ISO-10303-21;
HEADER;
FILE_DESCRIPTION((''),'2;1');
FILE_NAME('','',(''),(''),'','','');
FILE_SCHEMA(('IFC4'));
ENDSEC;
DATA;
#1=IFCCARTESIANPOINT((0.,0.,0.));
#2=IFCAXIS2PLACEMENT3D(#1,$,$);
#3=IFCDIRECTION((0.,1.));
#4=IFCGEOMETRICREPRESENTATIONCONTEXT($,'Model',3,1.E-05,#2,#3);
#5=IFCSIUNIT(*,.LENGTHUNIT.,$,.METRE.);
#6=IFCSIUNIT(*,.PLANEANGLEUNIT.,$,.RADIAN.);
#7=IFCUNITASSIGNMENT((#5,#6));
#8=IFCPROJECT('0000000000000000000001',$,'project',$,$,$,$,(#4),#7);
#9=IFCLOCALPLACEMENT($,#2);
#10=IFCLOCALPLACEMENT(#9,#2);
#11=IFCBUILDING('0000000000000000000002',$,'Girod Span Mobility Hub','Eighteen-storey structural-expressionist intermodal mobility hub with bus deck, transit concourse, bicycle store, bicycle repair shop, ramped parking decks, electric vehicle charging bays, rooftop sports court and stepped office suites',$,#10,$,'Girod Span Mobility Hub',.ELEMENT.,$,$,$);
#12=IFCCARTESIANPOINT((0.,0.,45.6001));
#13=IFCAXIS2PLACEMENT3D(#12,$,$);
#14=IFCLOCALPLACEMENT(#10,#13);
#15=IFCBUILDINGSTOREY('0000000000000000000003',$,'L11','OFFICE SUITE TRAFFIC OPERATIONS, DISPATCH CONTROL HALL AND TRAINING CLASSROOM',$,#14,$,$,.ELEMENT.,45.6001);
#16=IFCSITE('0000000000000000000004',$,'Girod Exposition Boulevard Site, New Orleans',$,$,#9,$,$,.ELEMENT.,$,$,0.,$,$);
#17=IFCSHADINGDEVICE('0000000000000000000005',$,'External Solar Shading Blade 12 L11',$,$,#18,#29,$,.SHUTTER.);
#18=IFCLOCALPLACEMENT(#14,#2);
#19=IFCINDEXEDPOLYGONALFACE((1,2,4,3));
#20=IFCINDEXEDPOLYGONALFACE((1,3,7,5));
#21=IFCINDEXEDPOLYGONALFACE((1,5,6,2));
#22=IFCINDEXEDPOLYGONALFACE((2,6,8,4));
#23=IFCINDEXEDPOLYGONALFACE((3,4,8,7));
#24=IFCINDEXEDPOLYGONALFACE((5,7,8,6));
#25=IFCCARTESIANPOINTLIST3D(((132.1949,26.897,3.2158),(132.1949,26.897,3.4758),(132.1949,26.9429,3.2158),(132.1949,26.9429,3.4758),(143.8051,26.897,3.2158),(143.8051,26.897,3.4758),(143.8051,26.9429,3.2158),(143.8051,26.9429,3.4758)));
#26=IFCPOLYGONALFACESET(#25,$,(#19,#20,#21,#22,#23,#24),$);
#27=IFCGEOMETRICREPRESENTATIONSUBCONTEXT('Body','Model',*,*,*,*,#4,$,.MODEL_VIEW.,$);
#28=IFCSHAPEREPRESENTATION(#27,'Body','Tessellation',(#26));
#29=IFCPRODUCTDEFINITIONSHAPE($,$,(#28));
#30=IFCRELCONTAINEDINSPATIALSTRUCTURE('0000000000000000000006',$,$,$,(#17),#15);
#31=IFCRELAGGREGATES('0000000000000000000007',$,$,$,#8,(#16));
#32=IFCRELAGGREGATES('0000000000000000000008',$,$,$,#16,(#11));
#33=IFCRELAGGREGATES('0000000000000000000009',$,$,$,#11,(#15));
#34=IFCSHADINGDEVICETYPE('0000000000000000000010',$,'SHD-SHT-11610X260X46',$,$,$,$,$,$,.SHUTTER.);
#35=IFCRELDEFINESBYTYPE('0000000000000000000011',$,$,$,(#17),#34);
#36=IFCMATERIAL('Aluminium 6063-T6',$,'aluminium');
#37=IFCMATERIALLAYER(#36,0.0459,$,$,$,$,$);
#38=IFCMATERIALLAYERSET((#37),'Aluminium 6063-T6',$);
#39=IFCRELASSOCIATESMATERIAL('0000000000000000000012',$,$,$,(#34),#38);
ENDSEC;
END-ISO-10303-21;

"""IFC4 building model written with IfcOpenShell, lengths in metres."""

from ifc_helpers import new_model, si_unit, direction, frame, origin, origin_2d, place, context, subcontext, project, spatial, rectangle, extrude, material, layer, layer_set, type_object, element, save


model = new_model("IFC4")

# Units and contexts
model_context = context("Model", 3, precision=1e-05, world=origin(), true_north=direction((0.0, 1.0)))
body_context = subcontext(model_context, "Body", "Model", "MODEL_VIEW")
ifc_project = project(units=[si_unit("LENGTHUNIT", "METRE"), si_unit("PLANEANGLEUNIT", "RADIAN")], contexts=[model_context])

# Site, building, storey
site_placement = place(None, origin())
site = spatial("IfcSite", under=ifc_project, at=site_placement, Name="Girod Exposition Boulevard Site, New Orleans", CompositionType="ELEMENT", RefElevation=0.0)
building_placement = place(site_placement, origin())
building = spatial("IfcBuilding", under=site, at=building_placement, Name="Girod Span Mobility Hub", Description="Eighteen-storey structural-expressionist intermodal mobility hub with bus deck, transit concourse, bicycle store, bicycle repair shop, ramped parking decks, electric vehicle charging bays, rooftop sports court and stepped office suites", LongName="Girod Span Mobility Hub", CompositionType="ELEMENT")
storey_placement = place(building_placement, frame((0.0, 0.0, 45.6001)))
storey = spatial("IfcBuildingStorey", under=building, at=storey_placement, Name="L11", Description="OFFICE SUITE TRAFFIC OPERATIONS, DISPATCH CONTROL HALL AND TRAINING CLASSROOM", CompositionType="ELEMENT", Elevation=45.6001)

# Shading device
ifc_material_1 = material(Name="Aluminium 6063-T6", Category="aluminium")
ifc_layer_1 = layer(ifc_material_1, 0.0459)
ifc_layer_set_1 = layer_set([ifc_layer_1], Name="Aluminium 6063-T6")
shading_device_type = type_object("IfcShadingDeviceType", Name="SHD-SHT-11610X260X46", PredefinedType="SHUTTER", material=ifc_layer_set_1)
shading_device_placement = place(storey_placement, frame((138.0, 26.9199, 3.2158), z_axis=(0.0, 0.0, 1.0), x_axis=(1.0, 0.0, 0.0)))
element("IfcShadingDevice", 1, at=shading_device_placement, inside=storey, type_object=shading_device_type, Name="External Solar Shading Blade 12 L11", PredefinedType="SHUTTER", context=body_context, shape_type="SweptSolid", body=[
    extrude(rectangle(XDim=11.6101, YDim=0.0459, at=origin_2d()), origin(), (0.0, 0.0, 1.0), 0.26),
])

save(model, "model.ifc")
